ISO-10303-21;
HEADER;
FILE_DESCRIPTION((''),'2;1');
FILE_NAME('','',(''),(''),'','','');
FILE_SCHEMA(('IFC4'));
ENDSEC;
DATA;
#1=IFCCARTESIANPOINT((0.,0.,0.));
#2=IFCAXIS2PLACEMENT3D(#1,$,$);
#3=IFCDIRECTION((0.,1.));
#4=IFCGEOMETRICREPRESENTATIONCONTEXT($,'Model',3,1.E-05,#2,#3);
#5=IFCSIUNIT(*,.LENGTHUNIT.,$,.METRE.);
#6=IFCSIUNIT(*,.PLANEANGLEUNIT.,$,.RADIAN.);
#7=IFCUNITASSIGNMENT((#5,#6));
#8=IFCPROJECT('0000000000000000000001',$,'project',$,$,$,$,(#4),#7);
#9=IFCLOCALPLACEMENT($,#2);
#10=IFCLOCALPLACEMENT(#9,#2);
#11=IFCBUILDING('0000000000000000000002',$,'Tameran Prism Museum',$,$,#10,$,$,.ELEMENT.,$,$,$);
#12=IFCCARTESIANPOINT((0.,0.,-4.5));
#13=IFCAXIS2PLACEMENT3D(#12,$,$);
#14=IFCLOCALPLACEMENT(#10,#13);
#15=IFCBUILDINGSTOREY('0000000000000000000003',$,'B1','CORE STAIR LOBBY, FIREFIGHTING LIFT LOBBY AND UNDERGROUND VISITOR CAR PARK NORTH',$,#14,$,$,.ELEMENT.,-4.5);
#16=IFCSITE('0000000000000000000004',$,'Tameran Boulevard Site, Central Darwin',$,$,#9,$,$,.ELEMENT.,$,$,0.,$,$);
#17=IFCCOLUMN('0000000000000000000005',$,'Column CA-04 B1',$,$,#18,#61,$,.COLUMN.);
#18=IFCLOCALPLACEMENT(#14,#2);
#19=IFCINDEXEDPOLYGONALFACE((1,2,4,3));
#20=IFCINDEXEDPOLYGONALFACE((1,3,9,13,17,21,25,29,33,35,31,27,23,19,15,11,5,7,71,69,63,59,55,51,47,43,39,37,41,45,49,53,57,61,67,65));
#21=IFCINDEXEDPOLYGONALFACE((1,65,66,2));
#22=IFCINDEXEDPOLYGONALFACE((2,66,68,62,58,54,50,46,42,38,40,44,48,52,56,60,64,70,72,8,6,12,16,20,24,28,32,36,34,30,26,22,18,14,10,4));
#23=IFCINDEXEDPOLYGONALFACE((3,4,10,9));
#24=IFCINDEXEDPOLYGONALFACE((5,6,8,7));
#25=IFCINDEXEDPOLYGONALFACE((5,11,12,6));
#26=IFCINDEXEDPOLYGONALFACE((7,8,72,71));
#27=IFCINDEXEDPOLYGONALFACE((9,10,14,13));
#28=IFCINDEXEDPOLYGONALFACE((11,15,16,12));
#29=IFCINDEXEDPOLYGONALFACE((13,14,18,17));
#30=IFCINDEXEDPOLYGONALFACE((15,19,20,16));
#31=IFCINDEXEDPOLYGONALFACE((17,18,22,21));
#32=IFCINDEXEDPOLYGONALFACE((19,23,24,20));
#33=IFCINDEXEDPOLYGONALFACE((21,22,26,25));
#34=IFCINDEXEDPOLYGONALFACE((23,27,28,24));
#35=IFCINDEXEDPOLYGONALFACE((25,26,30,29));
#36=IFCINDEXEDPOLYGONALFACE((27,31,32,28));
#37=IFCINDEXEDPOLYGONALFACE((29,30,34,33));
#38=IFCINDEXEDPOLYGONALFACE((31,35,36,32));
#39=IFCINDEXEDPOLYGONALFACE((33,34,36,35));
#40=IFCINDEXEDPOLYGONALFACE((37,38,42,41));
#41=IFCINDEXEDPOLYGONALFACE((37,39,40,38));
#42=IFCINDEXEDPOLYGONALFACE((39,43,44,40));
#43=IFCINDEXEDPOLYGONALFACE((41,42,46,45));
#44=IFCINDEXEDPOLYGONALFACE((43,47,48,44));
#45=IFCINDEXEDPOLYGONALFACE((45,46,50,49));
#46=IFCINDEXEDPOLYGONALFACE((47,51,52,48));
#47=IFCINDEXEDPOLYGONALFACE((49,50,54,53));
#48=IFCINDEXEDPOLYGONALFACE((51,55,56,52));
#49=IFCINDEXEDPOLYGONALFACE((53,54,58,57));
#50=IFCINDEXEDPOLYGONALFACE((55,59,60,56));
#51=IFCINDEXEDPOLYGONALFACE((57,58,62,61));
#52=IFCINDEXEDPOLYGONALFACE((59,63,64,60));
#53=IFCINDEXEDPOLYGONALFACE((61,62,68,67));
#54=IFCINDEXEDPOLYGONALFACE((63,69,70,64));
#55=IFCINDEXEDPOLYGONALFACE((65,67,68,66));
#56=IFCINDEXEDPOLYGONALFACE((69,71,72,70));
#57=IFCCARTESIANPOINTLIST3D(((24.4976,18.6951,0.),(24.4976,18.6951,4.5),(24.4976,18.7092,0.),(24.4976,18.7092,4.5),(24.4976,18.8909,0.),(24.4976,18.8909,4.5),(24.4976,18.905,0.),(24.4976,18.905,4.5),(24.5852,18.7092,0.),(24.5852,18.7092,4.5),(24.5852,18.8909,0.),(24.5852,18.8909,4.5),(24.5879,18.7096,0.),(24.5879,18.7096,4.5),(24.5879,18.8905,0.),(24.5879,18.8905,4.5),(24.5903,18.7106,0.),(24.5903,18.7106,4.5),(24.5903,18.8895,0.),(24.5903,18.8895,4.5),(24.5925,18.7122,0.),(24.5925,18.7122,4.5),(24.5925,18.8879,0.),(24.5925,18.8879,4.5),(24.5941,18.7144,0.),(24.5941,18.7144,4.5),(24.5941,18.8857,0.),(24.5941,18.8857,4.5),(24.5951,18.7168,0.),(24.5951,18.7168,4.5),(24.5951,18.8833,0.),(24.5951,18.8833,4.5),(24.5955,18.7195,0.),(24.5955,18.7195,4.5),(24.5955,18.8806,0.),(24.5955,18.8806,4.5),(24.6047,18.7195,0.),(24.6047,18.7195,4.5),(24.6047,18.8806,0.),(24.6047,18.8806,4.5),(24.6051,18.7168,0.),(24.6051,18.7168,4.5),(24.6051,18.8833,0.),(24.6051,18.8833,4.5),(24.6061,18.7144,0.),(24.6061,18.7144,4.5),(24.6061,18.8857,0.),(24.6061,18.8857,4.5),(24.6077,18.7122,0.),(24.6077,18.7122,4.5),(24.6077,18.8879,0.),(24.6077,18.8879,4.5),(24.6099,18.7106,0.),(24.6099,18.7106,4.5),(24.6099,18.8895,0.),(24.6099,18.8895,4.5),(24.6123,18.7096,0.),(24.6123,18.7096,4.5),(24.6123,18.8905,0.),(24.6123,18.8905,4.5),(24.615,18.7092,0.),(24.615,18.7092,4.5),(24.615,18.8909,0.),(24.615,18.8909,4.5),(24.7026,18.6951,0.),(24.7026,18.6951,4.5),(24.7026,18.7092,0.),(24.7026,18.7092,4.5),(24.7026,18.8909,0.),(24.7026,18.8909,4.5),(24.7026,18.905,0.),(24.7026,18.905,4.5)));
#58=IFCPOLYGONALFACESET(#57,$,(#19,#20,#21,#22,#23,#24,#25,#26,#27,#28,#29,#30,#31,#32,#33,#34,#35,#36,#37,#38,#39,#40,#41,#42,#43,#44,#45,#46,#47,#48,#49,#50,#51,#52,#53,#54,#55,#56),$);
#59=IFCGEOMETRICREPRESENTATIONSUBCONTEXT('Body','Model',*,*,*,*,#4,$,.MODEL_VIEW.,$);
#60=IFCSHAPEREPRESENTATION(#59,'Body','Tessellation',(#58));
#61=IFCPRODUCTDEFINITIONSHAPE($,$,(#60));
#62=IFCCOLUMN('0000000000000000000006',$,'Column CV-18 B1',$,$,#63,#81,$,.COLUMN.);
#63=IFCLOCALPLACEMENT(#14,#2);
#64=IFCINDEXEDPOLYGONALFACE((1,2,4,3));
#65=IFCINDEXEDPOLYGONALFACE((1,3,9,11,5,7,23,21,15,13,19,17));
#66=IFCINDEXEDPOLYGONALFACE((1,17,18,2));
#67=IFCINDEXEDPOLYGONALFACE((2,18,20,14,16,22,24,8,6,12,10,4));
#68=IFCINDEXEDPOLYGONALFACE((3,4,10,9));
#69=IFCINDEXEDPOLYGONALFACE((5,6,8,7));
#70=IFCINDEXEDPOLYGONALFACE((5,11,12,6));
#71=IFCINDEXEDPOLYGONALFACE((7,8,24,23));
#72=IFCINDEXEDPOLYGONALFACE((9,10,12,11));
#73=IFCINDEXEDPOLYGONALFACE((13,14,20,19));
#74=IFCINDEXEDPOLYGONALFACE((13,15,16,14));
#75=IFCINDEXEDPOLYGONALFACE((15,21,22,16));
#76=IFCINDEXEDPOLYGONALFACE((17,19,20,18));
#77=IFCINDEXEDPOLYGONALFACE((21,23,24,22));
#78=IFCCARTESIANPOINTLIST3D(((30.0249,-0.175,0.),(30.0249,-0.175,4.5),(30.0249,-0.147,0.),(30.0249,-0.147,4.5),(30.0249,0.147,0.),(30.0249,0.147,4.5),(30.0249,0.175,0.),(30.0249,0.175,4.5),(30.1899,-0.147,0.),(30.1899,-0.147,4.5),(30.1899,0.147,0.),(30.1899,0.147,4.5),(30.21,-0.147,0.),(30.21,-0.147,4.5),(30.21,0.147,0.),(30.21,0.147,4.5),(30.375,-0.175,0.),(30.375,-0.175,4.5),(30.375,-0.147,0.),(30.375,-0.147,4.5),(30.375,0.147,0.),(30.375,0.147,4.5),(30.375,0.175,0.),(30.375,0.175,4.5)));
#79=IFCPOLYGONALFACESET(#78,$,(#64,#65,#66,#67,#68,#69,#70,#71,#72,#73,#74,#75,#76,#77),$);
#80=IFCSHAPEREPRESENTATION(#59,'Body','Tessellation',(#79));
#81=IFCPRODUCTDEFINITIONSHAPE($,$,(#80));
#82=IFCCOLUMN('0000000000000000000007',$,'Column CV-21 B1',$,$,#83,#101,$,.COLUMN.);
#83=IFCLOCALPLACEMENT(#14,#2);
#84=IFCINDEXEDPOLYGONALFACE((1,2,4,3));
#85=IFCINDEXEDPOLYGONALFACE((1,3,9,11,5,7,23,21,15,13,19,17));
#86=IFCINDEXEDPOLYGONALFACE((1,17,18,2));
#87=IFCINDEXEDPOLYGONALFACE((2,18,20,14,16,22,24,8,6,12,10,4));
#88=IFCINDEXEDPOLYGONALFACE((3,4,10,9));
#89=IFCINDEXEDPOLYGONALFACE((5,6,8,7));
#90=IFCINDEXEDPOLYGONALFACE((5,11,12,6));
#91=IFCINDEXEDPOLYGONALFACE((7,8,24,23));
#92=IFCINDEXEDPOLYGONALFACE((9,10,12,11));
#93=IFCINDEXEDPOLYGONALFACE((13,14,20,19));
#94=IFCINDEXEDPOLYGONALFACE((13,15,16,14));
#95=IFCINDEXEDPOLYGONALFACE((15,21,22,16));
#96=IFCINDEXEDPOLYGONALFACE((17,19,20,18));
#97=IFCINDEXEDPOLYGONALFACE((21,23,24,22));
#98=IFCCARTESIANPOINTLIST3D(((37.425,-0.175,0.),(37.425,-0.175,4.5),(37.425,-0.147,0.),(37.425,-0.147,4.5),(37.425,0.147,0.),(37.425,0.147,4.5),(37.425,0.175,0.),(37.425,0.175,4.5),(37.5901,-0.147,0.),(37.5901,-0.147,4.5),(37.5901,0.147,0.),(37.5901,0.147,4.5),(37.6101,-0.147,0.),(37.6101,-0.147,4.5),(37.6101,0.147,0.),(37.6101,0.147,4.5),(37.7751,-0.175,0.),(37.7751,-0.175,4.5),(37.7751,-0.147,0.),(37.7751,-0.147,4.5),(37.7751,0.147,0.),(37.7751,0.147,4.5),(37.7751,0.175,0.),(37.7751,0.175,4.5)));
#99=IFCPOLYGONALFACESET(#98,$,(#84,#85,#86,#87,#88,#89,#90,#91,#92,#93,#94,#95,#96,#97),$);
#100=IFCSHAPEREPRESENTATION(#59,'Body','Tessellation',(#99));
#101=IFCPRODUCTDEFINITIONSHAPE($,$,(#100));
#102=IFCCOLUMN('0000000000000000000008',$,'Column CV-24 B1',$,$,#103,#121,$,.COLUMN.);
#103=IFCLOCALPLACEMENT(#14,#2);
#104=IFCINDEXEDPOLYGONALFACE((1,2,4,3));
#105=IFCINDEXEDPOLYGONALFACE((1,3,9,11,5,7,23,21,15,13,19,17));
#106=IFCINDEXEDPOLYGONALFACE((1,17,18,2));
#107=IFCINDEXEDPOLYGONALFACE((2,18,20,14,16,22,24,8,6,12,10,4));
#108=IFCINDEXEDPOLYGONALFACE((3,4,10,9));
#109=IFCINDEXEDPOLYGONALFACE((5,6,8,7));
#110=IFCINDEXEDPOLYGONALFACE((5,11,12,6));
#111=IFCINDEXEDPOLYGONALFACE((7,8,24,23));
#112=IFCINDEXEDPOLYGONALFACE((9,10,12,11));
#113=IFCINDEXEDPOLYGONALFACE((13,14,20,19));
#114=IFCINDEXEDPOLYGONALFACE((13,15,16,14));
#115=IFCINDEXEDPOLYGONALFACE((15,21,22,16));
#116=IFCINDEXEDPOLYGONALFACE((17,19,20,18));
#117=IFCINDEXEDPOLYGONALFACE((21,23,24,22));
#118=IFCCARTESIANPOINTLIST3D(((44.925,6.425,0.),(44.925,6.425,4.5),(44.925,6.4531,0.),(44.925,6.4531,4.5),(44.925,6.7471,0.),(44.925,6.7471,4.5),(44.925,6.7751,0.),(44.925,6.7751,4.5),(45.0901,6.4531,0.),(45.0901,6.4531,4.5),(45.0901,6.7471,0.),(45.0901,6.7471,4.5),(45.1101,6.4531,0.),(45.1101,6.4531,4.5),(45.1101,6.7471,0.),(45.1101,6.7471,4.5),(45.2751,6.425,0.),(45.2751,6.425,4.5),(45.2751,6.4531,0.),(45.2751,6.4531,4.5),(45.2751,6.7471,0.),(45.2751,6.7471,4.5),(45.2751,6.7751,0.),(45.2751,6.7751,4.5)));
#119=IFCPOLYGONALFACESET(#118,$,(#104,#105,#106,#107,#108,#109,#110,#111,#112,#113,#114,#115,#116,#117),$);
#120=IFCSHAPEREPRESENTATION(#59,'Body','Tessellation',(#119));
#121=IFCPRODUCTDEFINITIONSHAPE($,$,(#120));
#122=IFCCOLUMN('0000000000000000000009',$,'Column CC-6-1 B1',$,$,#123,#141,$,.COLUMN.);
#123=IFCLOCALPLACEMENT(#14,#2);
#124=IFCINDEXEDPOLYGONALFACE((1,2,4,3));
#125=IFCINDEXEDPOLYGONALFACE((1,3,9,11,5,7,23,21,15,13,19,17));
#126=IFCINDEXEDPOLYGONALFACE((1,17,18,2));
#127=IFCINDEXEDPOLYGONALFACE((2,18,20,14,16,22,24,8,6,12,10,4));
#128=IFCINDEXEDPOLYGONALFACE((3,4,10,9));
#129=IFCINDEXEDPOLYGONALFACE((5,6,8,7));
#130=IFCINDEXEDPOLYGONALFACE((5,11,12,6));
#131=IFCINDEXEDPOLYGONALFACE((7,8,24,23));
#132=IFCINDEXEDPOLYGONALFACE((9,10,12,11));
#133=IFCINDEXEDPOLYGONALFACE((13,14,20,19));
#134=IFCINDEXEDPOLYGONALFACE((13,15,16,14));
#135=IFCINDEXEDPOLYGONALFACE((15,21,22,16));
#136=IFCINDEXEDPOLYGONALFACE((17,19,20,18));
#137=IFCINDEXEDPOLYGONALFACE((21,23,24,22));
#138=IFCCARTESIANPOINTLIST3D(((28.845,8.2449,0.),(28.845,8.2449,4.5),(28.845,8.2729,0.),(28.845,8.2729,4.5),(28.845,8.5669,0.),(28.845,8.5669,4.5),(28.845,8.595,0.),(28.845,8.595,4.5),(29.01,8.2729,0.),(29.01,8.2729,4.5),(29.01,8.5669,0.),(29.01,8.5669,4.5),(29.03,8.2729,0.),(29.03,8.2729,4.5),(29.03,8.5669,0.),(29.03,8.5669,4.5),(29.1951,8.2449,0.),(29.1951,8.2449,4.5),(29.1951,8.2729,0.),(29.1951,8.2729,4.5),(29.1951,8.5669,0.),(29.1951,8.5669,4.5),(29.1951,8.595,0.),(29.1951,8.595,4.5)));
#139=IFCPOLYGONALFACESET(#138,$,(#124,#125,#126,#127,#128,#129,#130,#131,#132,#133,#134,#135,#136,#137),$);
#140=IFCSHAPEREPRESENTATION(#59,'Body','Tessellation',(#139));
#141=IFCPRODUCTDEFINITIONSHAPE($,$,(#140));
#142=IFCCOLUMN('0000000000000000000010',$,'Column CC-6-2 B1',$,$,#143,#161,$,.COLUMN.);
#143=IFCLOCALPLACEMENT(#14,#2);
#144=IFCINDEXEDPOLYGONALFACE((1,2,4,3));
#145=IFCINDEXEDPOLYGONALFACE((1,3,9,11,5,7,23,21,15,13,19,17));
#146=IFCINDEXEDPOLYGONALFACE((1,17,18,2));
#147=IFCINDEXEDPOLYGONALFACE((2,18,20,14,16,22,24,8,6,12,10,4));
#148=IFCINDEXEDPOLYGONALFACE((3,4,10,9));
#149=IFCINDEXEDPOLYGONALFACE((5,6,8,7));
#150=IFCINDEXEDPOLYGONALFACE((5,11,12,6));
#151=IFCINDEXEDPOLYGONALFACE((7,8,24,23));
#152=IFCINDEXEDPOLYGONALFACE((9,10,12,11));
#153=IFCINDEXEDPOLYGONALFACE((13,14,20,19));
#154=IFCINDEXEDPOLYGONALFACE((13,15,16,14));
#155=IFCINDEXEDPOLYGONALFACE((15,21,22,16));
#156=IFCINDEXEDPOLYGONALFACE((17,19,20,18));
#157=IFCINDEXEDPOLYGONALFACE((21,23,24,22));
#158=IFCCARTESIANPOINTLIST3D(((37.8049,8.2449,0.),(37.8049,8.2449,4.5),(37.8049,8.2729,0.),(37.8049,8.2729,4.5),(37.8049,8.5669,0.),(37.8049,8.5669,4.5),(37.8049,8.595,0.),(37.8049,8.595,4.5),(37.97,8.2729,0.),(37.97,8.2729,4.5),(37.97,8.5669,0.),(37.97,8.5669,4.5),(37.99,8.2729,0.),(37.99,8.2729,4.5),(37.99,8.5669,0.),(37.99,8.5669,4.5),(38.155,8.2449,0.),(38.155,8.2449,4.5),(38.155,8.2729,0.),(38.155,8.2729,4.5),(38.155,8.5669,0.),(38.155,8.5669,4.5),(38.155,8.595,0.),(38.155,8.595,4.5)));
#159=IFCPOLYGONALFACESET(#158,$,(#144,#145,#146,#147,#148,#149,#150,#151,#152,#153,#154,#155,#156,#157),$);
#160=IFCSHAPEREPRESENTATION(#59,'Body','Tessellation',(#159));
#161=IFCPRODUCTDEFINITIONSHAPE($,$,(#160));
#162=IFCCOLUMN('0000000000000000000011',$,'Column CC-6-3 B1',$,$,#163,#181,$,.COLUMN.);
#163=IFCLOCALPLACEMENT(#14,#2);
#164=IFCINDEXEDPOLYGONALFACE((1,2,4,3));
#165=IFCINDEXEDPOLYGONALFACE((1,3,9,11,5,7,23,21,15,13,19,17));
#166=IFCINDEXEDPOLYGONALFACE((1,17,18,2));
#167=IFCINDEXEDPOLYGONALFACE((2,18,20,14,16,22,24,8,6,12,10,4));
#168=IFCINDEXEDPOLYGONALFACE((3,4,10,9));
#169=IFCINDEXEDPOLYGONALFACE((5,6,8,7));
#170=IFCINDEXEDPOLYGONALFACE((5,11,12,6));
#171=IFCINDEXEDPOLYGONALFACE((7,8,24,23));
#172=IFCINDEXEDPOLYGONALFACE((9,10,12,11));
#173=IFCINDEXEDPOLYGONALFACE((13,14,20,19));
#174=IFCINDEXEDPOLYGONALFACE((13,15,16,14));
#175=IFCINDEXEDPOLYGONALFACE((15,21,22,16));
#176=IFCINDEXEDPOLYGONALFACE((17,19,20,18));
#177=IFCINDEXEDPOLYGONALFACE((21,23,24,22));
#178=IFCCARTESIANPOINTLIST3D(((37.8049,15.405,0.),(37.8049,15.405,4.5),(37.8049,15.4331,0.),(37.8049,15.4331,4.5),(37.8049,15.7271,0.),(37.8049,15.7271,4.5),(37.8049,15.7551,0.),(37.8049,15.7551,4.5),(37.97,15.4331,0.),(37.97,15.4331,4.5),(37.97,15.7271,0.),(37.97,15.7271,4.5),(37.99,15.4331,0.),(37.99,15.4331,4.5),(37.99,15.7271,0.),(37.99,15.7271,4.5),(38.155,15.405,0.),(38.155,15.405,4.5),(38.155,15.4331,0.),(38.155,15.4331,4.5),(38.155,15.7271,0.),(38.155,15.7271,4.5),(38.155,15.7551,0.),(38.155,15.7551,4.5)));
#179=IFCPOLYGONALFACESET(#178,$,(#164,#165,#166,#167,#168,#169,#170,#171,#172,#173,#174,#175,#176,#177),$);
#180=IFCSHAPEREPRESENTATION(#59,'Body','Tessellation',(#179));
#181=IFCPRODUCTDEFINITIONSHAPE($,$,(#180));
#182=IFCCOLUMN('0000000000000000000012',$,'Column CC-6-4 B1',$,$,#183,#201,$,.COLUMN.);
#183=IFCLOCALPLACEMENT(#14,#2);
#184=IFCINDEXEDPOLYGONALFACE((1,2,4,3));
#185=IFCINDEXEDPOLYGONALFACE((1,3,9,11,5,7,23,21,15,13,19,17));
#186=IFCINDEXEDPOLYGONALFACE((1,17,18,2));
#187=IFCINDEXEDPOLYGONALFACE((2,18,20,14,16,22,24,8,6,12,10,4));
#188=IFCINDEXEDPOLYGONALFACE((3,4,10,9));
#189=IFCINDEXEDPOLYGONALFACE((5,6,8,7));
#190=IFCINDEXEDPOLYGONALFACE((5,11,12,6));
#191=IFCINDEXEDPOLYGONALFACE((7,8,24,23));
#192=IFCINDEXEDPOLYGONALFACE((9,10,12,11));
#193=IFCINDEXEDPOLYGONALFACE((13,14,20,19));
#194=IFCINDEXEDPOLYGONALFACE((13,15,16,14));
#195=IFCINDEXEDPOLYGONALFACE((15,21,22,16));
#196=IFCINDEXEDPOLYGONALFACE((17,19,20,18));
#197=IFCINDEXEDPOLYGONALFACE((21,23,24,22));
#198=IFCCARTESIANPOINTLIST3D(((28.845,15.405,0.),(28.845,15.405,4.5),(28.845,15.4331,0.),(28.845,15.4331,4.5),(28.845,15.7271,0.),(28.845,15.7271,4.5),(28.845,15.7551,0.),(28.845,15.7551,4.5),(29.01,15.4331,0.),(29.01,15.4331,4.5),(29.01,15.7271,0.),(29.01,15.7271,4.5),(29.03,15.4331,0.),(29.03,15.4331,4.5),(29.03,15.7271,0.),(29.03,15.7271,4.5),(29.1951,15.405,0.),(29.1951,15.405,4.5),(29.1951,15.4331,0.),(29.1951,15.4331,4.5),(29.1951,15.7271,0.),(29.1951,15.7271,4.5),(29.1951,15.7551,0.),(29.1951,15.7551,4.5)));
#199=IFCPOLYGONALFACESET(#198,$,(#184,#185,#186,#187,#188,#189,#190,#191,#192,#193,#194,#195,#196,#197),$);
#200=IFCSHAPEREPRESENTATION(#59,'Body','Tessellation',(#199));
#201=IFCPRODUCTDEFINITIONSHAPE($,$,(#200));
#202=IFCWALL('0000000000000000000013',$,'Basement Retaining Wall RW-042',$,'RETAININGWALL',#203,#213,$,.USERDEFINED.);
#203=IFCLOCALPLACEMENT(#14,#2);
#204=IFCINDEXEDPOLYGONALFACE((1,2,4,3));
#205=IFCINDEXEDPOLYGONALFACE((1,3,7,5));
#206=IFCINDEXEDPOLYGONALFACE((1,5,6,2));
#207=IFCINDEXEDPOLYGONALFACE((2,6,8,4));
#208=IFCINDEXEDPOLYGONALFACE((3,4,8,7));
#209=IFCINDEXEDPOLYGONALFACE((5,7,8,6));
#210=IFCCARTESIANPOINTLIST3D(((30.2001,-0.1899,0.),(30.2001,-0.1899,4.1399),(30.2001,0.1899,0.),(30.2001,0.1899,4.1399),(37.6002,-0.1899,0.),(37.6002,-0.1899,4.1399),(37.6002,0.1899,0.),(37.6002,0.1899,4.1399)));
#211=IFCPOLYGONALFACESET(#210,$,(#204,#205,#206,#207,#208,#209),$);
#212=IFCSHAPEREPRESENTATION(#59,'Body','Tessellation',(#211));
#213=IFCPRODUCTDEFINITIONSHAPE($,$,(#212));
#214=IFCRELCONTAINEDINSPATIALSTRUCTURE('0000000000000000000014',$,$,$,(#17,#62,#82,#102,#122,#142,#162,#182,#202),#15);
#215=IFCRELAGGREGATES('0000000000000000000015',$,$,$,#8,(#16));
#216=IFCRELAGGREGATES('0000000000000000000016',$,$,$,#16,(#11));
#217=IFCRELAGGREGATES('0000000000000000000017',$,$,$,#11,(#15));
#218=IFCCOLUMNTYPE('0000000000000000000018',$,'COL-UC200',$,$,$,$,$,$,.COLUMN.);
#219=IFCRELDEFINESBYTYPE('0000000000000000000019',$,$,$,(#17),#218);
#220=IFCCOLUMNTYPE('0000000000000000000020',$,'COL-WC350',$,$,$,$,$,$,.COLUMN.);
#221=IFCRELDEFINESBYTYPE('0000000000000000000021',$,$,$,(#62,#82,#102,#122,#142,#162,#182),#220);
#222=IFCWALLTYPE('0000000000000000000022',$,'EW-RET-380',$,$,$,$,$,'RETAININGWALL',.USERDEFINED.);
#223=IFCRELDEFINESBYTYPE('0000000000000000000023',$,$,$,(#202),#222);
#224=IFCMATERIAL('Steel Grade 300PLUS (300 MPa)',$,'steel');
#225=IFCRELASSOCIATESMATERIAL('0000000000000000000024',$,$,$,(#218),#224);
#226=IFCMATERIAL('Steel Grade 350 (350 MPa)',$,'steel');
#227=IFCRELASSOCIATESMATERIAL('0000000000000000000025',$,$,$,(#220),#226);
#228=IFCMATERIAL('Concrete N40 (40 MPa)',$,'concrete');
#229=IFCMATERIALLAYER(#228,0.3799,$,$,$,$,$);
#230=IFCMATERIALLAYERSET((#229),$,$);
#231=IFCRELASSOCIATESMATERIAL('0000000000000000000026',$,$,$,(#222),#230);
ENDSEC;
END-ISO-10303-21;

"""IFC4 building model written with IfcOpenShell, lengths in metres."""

from ifc_helpers import new_model, si_unit, direction, frame, frame_2d, origin, origin_2d, place, context, subcontext, project, spatial, rectangle, i_section, extrude, material, layer, layer_set, material_profile, profile_set, type_object, element, save


model = new_model("IFC4")

# Units and contexts
model_context = context("Model", 3, precision=1e-05, world=origin(), true_north=direction((0.0, 1.0)))
body_context = subcontext(model_context, "Body", "Model", "MODEL_VIEW")
ifc_project = project(units=[si_unit("LENGTHUNIT", "METRE"), si_unit("PLANEANGLEUNIT", "RADIAN")], contexts=[model_context])

# Site, building, storey
site_placement = place(None, origin())
site = spatial("IfcSite", under=ifc_project, at=site_placement, Name="Tameran Boulevard Site, Central Darwin", CompositionType="ELEMENT", RefElevation=0.0)
building_placement = place(site_placement, origin())
building = spatial("IfcBuilding", under=site, at=building_placement, Name="Tameran Prism Museum", CompositionType="ELEMENT")
storey_placement = place(building_placement, frame((0.0, 0.0, -4.5)))
storey = spatial("IfcBuildingStorey", under=building, at=storey_placement, Name="B1", Description="CORE STAIR LOBBY, FIREFIGHTING LIFT LOBBY AND UNDERGROUND VISITOR CAR PARK NORTH", CompositionType="ELEMENT", Elevation=-4.5)

# Columns
ifc_material_1 = material(Name="Steel Grade 300PLUS (300 MPa)", Category="steel")
ifc_material_profile_1 = material_profile(ifc_material_1, i_section(OverallWidth=0.2051, OverallDepth=0.21, WebThickness=0.0093, FlangeThickness=0.0142, FilletRadius=0.0103, at=origin_2d()))
ifc_profile_set_1 = profile_set([ifc_material_profile_1])
column_type_1 = type_object("IfcColumnType", Name="COL-UC200", PredefinedType="COLUMN", material=ifc_profile_set_1)
column_placement = place(storey_placement, frame((24.6001, 18.8, 0.0), z_axis=(0.0, 0.0, 1.0), x_axis=(1.0, 0.0, 0.0)))
element("IfcColumn", 1, at=column_placement, inside=storey, type_object=column_type_1, Name="Column CA-04 B1", PredefinedType="COLUMN", context=body_context, shape_type="SweptSolid", body=[
    extrude(i_section(OverallWidth=0.2051, OverallDepth=0.21, WebThickness=0.0093, FlangeThickness=0.0142, FilletRadius=0.0103, at=origin_2d()), origin(), (0.0, 0.0, 1.0), 4.5),
])
ifc_material_2 = material(Name="Steel Grade 350 (350 MPa)", Category="steel")
ifc_material_profile_2 = material_profile(ifc_material_2, i_section(OverallWidth=0.3501, OverallDepth=0.3501, WebThickness=0.02, FlangeThickness=0.0281, at=origin_2d()))
ifc_profile_set_2 = profile_set([ifc_material_profile_2])
column_type_2 = type_object("IfcColumnType", Name="COL-WC350", PredefinedType="COLUMN", material=ifc_profile_set_2)
for number, where, z_axis, x_axis, name in (
    (2, (30.2, 0.0, 0.0), (0.0, 0.0, 1.0), (1.0, 0.0, 0.0), "Column CV-18 B1"),
    (3, (37.6001, 0.0, 0.0), (0.0, 0.0, 1.0), (1.0, 0.0, 0.0), "Column CV-21 B1"),
    (4, (45.1001, 6.6001, 0.0), (0.0, 0.0, 1.0), (1.0, 0.0, 0.0), "Column CV-24 B1"),
    (5, (29.02, 8.4199, 0.0), (0.0, 0.0, 1.0), (1.0, 0.0, 0.0), "Column CC-6-1 B1"),
    (6, (37.98, 8.4199, 0.0), (0.0, 0.0, 1.0), (1.0, 0.0, 0.0), "Column CC-6-2 B1"),
    (7, (37.98, 15.5801, 0.0), (0.0, 0.0, 1.0), (1.0, 0.0, 0.0), "Column CC-6-3 B1"),
    (8, (29.02, 15.5801, 0.0), (0.0, 0.0, 1.0), (1.0, 0.0, 0.0), "Column CC-6-4 B1"),
):
    element("IfcColumn", number, at=place(storey_placement, frame(where, z_axis=z_axis, x_axis=x_axis)), inside=storey, type_object=column_type_2, Name=name, PredefinedType="COLUMN", context=body_context, shape_type="SweptSolid", body=[
        extrude(i_section(OverallWidth=0.3501, OverallDepth=0.3501, WebThickness=0.02, FlangeThickness=0.0281, at=origin_2d()), origin(), (0.0, 0.0, 1.0), 4.5),
    ])

# Wall
ifc_material_3 = material(Name="Concrete N40 (40 MPa)", Category="concrete")
ifc_layer = layer(ifc_material_3, 0.3799)
ifc_layer_set = layer_set([ifc_layer])
wall_type = type_object("IfcWallType", Name="EW-RET-380", ElementType="RETAININGWALL", PredefinedType="USERDEFINED", material=ifc_layer_set)
wall_1_placement = place(storey_placement, frame((30.2, 0.0, 0.0), z_axis=(0.0, 0.0, 1.0), x_axis=(1.0, 0.0, 0.0)))
element("IfcWall", 9, at=wall_1_placement, inside=storey, type_object=wall_type, Name="Basement Retaining Wall RW-042", ObjectType="RETAININGWALL", PredefinedType="USERDEFINED", context=body_context, shape_type="SweptSolid", body=[
    extrude(rectangle(XDim=7.4001, YDim=0.3799, at=frame_2d((3.7002, 0.0))), origin(), (0.0, 0.0, 1.0), 4.1399),
])

save(model, "model.ifc")
